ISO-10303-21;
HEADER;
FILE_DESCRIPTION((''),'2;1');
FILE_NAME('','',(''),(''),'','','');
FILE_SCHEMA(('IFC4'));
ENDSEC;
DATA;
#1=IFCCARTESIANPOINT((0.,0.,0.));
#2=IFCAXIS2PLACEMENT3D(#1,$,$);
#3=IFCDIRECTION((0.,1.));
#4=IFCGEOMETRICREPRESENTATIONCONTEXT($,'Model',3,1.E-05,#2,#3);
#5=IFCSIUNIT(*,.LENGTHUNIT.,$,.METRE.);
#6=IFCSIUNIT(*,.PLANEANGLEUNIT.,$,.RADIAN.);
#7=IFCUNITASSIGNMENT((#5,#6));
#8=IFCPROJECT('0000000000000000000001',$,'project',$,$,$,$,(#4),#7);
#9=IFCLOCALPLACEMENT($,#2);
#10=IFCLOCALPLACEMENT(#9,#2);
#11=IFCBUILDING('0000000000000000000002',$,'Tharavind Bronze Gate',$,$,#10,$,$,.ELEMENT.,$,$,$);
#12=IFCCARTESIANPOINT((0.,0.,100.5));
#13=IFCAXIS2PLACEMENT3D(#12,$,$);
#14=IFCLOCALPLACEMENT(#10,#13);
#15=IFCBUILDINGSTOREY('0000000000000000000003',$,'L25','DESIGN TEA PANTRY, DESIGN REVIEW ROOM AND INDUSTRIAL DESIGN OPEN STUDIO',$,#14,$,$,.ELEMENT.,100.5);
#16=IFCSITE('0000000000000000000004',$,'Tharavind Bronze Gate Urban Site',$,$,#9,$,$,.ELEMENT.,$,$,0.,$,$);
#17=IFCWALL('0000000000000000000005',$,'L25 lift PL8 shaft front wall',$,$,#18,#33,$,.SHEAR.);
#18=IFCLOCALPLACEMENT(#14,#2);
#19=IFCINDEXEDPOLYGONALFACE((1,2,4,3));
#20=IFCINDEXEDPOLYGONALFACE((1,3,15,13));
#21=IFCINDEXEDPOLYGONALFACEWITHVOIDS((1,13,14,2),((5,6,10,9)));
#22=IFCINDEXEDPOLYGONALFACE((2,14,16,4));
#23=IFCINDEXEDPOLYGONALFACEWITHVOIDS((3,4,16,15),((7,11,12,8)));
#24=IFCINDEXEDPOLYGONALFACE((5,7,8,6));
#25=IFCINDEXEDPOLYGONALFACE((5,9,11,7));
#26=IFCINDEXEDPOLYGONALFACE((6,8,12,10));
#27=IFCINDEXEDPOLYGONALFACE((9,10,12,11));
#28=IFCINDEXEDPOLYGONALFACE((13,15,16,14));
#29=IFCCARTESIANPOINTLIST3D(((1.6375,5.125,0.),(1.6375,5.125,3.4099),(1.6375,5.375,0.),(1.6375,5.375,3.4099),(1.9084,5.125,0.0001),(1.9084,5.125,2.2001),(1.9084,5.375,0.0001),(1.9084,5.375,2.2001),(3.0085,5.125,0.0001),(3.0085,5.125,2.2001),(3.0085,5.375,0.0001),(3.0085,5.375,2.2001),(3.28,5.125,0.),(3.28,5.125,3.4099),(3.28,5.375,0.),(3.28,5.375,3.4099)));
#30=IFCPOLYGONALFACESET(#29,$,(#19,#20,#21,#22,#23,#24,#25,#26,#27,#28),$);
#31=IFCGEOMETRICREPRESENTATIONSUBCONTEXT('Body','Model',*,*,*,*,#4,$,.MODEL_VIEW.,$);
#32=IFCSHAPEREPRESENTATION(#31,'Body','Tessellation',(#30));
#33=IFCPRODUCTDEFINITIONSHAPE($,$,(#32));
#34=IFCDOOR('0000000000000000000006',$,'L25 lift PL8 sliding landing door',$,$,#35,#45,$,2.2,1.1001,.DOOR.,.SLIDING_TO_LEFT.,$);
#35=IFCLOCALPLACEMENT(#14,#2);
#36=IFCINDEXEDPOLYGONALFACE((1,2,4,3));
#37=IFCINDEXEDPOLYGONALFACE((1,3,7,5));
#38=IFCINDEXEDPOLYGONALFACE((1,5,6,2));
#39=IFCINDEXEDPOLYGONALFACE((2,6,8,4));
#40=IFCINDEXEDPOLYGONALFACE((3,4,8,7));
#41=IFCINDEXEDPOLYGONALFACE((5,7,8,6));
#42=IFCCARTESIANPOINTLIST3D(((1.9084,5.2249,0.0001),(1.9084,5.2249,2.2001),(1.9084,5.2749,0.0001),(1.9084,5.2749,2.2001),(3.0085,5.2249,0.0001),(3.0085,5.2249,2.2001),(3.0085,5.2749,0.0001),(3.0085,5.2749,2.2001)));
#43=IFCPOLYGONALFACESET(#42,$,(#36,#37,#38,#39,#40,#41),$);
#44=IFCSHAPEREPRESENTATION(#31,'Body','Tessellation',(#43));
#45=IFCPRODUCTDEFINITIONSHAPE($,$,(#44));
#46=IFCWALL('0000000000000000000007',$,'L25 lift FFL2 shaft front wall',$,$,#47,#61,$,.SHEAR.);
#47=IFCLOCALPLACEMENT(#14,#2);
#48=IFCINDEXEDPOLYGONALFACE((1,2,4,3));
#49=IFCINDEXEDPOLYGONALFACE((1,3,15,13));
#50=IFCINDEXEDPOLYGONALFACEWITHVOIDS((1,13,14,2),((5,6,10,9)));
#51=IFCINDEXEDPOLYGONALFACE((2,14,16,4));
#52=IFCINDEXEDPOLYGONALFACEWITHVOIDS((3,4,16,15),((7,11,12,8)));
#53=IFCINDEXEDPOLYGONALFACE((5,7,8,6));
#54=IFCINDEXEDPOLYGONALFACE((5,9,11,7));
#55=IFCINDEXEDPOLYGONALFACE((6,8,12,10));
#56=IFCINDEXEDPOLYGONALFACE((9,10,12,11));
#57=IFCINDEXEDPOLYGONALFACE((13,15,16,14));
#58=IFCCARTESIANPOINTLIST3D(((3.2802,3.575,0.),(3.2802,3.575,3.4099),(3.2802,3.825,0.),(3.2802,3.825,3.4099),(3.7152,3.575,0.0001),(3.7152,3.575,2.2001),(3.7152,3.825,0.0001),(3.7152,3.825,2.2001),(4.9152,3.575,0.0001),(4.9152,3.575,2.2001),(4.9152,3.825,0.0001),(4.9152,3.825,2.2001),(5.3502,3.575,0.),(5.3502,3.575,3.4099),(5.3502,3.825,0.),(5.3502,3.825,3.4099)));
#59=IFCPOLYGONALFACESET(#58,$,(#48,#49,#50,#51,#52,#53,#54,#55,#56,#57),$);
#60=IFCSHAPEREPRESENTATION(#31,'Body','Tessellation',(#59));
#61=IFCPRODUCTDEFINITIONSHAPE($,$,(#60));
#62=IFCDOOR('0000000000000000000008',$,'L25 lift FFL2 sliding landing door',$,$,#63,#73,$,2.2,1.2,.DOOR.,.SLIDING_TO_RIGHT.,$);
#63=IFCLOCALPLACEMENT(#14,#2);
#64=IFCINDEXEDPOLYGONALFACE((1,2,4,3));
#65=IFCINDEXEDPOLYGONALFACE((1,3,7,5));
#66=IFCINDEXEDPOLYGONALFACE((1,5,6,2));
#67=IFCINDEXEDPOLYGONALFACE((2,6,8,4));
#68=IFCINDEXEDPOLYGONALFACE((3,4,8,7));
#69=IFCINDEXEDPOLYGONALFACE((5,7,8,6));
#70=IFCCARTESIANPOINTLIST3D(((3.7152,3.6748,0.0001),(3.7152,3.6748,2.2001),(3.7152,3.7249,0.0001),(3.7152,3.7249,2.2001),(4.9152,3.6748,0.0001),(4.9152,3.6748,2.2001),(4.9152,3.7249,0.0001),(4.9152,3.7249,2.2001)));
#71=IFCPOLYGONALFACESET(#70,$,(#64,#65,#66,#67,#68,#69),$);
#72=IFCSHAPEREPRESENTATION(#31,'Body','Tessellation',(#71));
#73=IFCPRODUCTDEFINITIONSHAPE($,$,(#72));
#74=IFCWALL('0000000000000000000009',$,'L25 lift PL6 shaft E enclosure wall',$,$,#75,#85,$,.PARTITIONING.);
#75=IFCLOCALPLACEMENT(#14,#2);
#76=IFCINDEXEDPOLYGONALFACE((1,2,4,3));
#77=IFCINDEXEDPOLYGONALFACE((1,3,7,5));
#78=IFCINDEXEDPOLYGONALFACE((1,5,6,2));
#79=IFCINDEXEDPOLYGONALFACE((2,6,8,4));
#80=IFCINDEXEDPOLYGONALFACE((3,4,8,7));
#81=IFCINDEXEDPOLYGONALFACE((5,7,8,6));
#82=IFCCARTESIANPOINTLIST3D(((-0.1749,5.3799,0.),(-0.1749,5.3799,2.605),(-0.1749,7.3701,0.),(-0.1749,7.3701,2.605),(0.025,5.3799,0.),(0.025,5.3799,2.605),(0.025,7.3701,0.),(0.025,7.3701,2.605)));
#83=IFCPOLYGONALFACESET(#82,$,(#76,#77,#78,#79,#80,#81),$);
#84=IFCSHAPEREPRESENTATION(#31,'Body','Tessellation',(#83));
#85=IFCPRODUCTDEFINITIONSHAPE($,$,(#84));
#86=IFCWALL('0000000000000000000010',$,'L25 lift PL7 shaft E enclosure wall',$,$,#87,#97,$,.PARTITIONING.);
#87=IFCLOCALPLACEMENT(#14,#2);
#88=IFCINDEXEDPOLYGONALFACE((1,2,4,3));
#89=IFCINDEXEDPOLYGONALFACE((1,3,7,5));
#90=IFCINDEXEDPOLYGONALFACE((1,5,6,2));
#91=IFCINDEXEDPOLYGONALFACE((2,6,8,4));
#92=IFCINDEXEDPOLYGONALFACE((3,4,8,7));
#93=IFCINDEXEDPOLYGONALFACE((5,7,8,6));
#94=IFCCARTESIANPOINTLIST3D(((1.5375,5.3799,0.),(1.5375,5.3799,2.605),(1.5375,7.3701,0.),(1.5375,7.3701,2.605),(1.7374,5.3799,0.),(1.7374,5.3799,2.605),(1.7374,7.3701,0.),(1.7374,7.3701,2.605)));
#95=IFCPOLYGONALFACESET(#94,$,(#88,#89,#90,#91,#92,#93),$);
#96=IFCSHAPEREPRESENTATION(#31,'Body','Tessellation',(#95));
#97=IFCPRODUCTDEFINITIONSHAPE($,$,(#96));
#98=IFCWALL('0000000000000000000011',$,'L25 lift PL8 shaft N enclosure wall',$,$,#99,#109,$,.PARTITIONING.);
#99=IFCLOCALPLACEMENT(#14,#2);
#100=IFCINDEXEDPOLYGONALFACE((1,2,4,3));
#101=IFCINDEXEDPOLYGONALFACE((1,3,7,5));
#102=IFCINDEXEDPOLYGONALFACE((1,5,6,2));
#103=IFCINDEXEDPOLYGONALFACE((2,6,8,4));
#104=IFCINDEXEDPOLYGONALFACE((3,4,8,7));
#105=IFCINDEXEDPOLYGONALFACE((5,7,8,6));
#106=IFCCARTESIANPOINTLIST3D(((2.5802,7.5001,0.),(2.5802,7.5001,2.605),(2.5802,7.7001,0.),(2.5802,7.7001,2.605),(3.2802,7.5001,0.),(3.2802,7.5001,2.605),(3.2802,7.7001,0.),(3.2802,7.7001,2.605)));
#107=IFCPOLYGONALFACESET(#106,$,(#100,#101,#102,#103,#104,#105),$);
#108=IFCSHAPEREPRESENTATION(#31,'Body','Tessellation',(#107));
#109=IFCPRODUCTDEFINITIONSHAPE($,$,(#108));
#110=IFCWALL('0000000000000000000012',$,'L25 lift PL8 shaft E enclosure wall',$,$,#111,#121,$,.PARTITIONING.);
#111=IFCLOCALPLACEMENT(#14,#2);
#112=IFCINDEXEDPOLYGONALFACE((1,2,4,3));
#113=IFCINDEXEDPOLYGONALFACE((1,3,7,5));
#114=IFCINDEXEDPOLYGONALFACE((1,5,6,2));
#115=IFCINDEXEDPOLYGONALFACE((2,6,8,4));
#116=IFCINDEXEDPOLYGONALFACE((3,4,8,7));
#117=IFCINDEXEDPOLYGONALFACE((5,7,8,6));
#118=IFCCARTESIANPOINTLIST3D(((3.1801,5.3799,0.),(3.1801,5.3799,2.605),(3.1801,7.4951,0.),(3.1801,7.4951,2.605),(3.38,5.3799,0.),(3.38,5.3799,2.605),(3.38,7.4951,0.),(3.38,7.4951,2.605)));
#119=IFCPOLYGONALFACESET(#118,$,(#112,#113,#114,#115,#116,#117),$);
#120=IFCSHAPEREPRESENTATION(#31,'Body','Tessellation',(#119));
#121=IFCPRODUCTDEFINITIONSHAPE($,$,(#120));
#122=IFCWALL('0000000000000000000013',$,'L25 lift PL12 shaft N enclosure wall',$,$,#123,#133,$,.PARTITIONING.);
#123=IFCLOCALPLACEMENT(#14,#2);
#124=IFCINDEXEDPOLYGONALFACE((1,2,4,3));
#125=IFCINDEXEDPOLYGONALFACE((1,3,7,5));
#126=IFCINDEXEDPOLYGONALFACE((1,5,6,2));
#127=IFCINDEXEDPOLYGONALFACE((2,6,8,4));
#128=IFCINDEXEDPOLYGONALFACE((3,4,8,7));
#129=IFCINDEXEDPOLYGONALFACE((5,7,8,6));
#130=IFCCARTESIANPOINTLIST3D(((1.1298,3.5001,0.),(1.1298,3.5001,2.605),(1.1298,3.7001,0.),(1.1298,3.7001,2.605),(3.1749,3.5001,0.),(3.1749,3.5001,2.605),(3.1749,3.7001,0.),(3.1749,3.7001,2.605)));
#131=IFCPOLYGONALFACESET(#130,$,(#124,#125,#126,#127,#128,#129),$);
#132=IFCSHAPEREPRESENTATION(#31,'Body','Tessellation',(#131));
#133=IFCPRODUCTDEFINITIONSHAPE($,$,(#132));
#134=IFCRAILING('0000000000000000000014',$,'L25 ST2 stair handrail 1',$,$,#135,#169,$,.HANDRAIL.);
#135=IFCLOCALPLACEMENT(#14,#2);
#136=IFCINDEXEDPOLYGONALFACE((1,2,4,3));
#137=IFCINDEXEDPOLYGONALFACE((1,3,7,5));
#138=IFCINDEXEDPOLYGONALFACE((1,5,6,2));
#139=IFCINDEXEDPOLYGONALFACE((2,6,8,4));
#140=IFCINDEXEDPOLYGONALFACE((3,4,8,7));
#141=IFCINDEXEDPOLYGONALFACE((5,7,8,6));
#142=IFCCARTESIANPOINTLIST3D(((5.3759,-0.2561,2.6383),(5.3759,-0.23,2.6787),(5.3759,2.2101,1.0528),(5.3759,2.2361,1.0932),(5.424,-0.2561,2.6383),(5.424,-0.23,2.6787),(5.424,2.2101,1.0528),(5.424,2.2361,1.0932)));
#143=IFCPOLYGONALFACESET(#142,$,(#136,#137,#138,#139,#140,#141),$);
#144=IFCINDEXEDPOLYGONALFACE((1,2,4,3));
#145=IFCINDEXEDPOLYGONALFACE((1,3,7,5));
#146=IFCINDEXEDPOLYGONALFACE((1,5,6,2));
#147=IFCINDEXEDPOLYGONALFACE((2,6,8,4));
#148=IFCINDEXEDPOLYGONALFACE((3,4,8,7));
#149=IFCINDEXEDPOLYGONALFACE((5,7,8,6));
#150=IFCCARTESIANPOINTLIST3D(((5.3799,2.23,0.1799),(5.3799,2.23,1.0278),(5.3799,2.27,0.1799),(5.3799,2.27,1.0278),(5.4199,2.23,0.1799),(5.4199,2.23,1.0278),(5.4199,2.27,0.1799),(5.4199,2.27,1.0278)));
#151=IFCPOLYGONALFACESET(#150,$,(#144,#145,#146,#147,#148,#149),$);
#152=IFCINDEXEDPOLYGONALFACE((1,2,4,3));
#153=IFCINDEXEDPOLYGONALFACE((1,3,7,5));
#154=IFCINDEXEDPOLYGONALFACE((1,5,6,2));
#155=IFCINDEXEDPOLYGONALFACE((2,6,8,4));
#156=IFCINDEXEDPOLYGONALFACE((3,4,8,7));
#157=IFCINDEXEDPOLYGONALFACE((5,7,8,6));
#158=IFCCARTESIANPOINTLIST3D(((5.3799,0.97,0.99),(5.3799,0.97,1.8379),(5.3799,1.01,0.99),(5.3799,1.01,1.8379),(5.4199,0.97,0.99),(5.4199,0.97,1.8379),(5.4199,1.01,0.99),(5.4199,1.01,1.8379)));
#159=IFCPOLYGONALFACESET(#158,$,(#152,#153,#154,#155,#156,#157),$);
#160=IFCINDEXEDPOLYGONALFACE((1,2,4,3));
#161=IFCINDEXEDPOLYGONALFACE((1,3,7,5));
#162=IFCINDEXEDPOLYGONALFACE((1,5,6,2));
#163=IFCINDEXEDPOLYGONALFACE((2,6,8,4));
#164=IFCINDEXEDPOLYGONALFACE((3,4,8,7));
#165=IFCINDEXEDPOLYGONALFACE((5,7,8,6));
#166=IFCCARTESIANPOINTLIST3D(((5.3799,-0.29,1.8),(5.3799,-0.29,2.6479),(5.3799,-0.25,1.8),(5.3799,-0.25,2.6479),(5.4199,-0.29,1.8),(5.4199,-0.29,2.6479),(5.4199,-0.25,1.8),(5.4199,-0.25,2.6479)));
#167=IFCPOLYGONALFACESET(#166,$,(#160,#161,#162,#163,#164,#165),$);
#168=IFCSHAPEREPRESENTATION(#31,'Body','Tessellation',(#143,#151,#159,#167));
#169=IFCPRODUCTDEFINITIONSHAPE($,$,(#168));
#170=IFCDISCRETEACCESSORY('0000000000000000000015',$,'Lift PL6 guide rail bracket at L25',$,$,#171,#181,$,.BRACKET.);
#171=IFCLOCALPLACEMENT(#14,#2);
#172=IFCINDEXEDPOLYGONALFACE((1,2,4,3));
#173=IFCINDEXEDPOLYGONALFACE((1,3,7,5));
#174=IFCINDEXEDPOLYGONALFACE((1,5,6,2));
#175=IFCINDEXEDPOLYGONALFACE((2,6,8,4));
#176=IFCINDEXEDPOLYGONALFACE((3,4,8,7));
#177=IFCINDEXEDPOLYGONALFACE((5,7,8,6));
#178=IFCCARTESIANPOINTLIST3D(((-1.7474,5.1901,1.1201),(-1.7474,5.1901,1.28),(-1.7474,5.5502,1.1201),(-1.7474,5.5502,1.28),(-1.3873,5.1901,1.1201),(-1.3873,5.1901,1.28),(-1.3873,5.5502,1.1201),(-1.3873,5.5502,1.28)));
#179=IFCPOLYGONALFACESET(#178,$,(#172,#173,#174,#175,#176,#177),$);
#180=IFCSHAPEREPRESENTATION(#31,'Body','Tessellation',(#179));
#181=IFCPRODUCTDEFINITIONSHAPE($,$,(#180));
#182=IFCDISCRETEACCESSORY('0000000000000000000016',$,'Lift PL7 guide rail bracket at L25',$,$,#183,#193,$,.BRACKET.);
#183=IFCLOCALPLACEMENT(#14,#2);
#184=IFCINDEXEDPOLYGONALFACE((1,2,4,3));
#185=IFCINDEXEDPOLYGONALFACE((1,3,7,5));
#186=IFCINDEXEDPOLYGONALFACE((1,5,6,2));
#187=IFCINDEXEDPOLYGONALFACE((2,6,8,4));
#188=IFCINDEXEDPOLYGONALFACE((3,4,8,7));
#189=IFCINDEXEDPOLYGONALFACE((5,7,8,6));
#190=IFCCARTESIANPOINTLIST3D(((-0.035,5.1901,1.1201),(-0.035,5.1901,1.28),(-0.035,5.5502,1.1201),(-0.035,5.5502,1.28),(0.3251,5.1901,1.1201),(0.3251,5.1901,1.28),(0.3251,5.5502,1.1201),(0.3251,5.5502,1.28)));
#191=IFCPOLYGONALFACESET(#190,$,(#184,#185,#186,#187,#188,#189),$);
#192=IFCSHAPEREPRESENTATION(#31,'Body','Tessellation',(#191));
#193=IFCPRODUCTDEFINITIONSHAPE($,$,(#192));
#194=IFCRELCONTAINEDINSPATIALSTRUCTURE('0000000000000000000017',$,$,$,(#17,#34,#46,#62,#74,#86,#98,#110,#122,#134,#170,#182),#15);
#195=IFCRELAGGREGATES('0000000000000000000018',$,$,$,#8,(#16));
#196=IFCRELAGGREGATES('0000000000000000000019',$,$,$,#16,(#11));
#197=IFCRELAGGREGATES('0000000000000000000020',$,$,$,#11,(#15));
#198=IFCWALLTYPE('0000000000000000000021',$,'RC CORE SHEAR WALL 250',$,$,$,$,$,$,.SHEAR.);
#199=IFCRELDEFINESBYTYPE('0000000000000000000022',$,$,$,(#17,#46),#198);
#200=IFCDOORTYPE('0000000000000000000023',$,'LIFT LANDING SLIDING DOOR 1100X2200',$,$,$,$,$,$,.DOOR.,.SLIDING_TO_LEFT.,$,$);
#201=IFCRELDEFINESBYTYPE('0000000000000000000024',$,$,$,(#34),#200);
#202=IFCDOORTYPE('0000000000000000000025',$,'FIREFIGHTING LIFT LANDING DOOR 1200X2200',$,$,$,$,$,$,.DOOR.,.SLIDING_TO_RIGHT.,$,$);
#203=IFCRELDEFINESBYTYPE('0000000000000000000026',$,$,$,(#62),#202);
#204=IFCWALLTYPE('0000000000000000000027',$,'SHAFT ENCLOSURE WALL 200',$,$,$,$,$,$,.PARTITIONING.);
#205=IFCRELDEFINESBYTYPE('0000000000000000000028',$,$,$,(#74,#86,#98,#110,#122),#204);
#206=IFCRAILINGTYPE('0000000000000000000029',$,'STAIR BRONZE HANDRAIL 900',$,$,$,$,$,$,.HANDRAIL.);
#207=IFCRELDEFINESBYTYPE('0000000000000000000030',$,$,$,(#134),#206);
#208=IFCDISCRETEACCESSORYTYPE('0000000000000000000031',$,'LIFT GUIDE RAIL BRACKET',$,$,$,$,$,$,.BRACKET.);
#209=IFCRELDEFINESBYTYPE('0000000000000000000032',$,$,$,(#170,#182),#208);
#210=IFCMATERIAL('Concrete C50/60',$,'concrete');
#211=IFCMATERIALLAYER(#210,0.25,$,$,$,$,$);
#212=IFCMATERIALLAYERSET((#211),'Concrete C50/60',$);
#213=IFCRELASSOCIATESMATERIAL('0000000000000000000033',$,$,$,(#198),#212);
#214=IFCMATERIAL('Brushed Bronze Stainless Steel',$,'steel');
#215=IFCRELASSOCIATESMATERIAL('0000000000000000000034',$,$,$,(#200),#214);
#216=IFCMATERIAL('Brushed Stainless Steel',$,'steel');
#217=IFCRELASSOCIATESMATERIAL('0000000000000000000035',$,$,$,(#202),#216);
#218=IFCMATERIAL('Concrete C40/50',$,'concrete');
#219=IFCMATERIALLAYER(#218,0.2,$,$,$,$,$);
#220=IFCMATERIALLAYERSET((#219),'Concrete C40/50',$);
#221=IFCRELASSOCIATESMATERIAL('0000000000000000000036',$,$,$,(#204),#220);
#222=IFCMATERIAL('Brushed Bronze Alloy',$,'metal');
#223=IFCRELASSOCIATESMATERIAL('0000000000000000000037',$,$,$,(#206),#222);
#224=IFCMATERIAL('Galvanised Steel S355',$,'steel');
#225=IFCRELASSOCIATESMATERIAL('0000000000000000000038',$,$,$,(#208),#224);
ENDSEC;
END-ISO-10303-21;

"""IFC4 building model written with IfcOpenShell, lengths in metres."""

from ifc_helpers import new_model, si_unit, direction, frame, frame_2d, origin, origin_2d, place, context, subcontext, project, spatial, rectangle, extrude, material, layer, layer_set, type_object, element, fill, save


model = new_model("IFC4")

# Units and contexts
model_context = context("Model", 3, precision=1e-05, world=origin(), true_north=direction((0.0, 1.0)))
body_context = subcontext(model_context, "Body", "Model", "MODEL_VIEW")
ifc_project = project(units=[si_unit("LENGTHUNIT", "METRE"), si_unit("PLANEANGLEUNIT", "RADIAN")], contexts=[model_context])

# Site, building, storey
site_placement = place(None, origin())
site = spatial("IfcSite", under=ifc_project, at=site_placement, Name="Tharavind Bronze Gate Urban Site", CompositionType="ELEMENT", RefElevation=0.0)
building_placement = place(site_placement, origin())
building = spatial("IfcBuilding", under=site, at=building_placement, Name="Tharavind Bronze Gate", CompositionType="ELEMENT")
storey_placement = place(building_placement, frame((0.0, 0.0, 100.5)))
storey = spatial("IfcBuildingStorey", under=building, at=storey_placement, Name="L25", Description="DESIGN TEA PANTRY, DESIGN REVIEW ROOM AND INDUSTRIAL DESIGN OPEN STUDIO", CompositionType="ELEMENT", Elevation=100.5)

# Walls, openings, doors
ifc_material_1 = material(Name="Concrete C50/60", Category="concrete")
ifc_layer_1 = layer(ifc_material_1, 0.25)
ifc_layer_set_1 = layer_set([ifc_layer_1], Name="Concrete C50/60")
wall_type_1 = type_object("IfcWallType", Name="RC CORE SHEAR WALL 250", PredefinedType="SHEAR", material=ifc_layer_set_1)
ifc_material_2 = material(Name="Brushed Bronze Stainless Steel", Category="steel")
door_type_1 = type_object("IfcDoorType", Name="LIFT LANDING SLIDING DOOR 1100X2200", OperationType="SLIDING_TO_LEFT", PredefinedType="DOOR", material=ifc_material_2)
wall_1_placement = place(storey_placement, frame((1.6375, 5.25, 0.0), z_axis=(0.0, 0.0, 1.0), x_axis=(1.0, 0.0, 0.0)))
wall_1 = element("IfcWall", 1, at=wall_1_placement, inside=storey, type_object=wall_type_1, Name="L25 lift PL8 shaft front wall", PredefinedType="SHEAR", context=body_context, shape_type="SweptSolid", body=[
    extrude(rectangle(XDim=1.6426, YDim=0.25, at=frame_2d((0.8213, 0.0))), origin(), (0.0, 0.0, 1.0), 3.4099),
])
opening_1_placement = place(wall_1_placement, frame((0.271, 0.0, 0.0)))
opening_1 = element("IfcOpeningElement", 2, at=opening_1_placement, cuts=wall_1, PredefinedType="OPENING", context=body_context, shape_type="SweptSolid", body=[
    extrude(rectangle(XDim=1.1001, YDim=2.2, at=frame_2d((0.55, 1.1001))), frame((0.0, 0.135, 0.0), z_axis=(0.0, -1.0, 0.0), x_axis=(1.0, 0.0, 0.0)), (0.0, 0.0, 1.0), 0.27),
])
door_1_placement = place(opening_1_placement, origin())
door_1 = element("IfcDoor", 3, at=door_1_placement, inside=storey, type_object=door_type_1, Name="L25 lift PL8 sliding landing door", OperationType="SLIDING_TO_LEFT", OverallHeight=2.2, OverallWidth=1.1001, PredefinedType="DOOR", context=body_context, shape_type="SweptSolid", body=[
    extrude(rectangle(XDim=1.1001, YDim=2.2, at=frame_2d((0.55, 1.1001))), frame((0.0, 0.0249, 0.0), z_axis=(0.0, -1.0, 0.0), x_axis=(1.0, 0.0, 0.0)), (0.0, 0.0, 1.0), 0.05),
])
fill(opening_1, door_1)
wall_2_placement = place(storey_placement, frame((3.28, 3.7, 0.0), z_axis=(0.0, 0.0, 1.0), x_axis=(1.0, 0.0, 0.0)))
wall_2 = element("IfcWall", 4, at=wall_2_placement, inside=storey, type_object=wall_type_1, Name="L25 lift FFL2 shaft front wall", PredefinedType="SHEAR", context=body_context, shape_type="SweptSolid", body=[
    extrude(rectangle(XDim=2.0701, YDim=0.25, at=frame_2d((1.0352, 0.0))), origin(), (0.0, 0.0, 1.0), 3.4099),
])
opening_2_placement = place(wall_2_placement, frame((0.4351, 0.0, 0.0)))
opening_2 = element("IfcOpeningElement", 5, at=opening_2_placement, cuts=wall_2, PredefinedType="OPENING", context=body_context, shape_type="SweptSolid", body=[
    extrude(rectangle(XDim=1.2, YDim=2.2, at=frame_2d((0.6001, 1.1001))), frame((0.0, 0.135, 0.0), z_axis=(0.0, -1.0, 0.0), x_axis=(1.0, 0.0, 0.0)), (0.0, 0.0, 1.0), 0.27),
])
ifc_material_3 = material(Name="Brushed Stainless Steel", Category="steel")
door_type_2 = type_object("IfcDoorType", Name="FIREFIGHTING LIFT LANDING DOOR 1200X2200", OperationType="SLIDING_TO_RIGHT", PredefinedType="DOOR", material=ifc_material_3)
door_2_placement = place(opening_2_placement, origin())
door_2 = element("IfcDoor", 6, at=door_2_placement, inside=storey, type_object=door_type_2, Name="L25 lift FFL2 sliding landing door", OperationType="SLIDING_TO_RIGHT", OverallHeight=2.2, OverallWidth=1.2, PredefinedType="DOOR", context=body_context, shape_type="SweptSolid", body=[
    extrude(rectangle(XDim=1.2, YDim=2.2, at=frame_2d((0.6001, 1.1001))), frame((0.0, 0.0249, 0.0), z_axis=(0.0, -1.0, 0.0), x_axis=(1.0, 0.0, 0.0)), (0.0, 0.0, 1.0), 0.05),
])
fill(opening_2, door_2)

# Walls
ifc_material_4 = material(Name="Concrete C40/50", Category="concrete")
ifc_layer_2 = layer(ifc_material_4, 0.2)
ifc_layer_set_2 = layer_set([ifc_layer_2], Name="Concrete C40/50")
wall_type_2 = type_object("IfcWallType", Name="SHAFT ENCLOSURE WALL 200", PredefinedType="PARTITIONING", material=ifc_layer_set_2)
for number, where, z_axis, x_axis, name in (
    (7, (-0.075, 5.3799, 0.0), (0.0, 0.0, 1.0), (0.0, 1.0, 0.0), "L25 lift PL6 shaft E enclosure wall"),
    (8, (1.6375, 5.3799, 0.0), (0.0, 0.0, 1.0), (0.0, 1.0, 0.0), "L25 lift PL7 shaft E enclosure wall"),
):
    element("IfcWall", number, at=place(storey_placement, frame(where, z_axis=z_axis, x_axis=x_axis)), inside=storey, type_object=wall_type_2, Name=name, PredefinedType="PARTITIONING", context=body_context, shape_type="SweptSolid", body=[
        extrude(rectangle(XDim=1.9902, YDim=0.2, at=frame_2d((0.9951, 0.0))), origin(), (0.0, 0.0, 1.0), 2.605),
    ])
wall_3_placement = place(storey_placement, frame((2.5801, 7.6001, 0.0), z_axis=(0.0, 0.0, 1.0), x_axis=(1.0, 0.0, 0.0)))
element("IfcWall", 9, at=wall_3_placement, inside=storey, type_object=wall_type_2, Name="L25 lift PL8 shaft N enclosure wall", PredefinedType="PARTITIONING", context=body_context, shape_type="SweptSolid", body=[
    extrude(rectangle(XDim=0.7, YDim=0.2, at=frame_2d((0.3501, 0.0))), origin(), (0.0, 0.0, 1.0), 2.605),
])
wall_4_placement = place(storey_placement, frame((3.28, 5.3799, 0.0), z_axis=(0.0, 0.0, 1.0), x_axis=(0.0, 1.0, 0.0)))
element("IfcWall", 10, at=wall_4_placement, inside=storey, type_object=wall_type_2, Name="L25 lift PL8 shaft E enclosure wall", PredefinedType="PARTITIONING", context=body_context, shape_type="SweptSolid", body=[
    extrude(rectangle(XDim=2.1152, YDim=0.2, at=frame_2d((1.0576, 0.0))), origin(), (0.0, 0.0, 1.0), 2.605),
])
wall_5_placement = place(storey_placement, frame((1.1299, 3.6001, 0.0), z_axis=(0.0, 0.0, 1.0), x_axis=(1.0, 0.0, 0.0)))
element("IfcWall", 11, at=wall_5_placement, inside=storey, type_object=wall_type_2, Name="L25 lift PL12 shaft N enclosure wall", PredefinedType="PARTITIONING", context=body_context, shape_type="SweptSolid", body=[
    extrude(rectangle(XDim=2.0452, YDim=0.2, at=frame_2d((1.0225, 0.0))), origin(), (0.0, 0.0, 1.0), 2.605),
])

# Railing
ifc_material_5 = material(Name="Brushed Bronze Alloy", Category="metal")
railing_type = type_object("IfcRailingType", Name="STAIR BRONZE HANDRAIL 900", PredefinedType="HANDRAIL", material=ifc_material_5)
railing_placement = place(storey_placement, frame((5.3999, 2.25, 0.1799)))
element("IfcRailing", 12, at=railing_placement, inside=storey, type_object=railing_type, Name="L25 ST2 stair handrail 1", PredefinedType="HANDRAIL", context=body_context, shape_type="SweptSolid", body=[
    extrude(rectangle(XDim=0.0481, YDim=0.0481, at=origin_2d()), frame((0.0, -0.0269, 0.8931), z_axis=(0.0, -0.841163, 0.540782), x_axis=(1.0, 0.0, 0.0)), (0.0, 0.0, 1.0), 2.9319),
    extrude(rectangle(XDim=0.04, YDim=0.04, at=origin_2d()), origin(), (0.0, 0.0, 1.0), 0.8479),
    extrude(rectangle(XDim=0.04, YDim=0.04, at=origin_2d()), frame((0.0, -1.26, 0.8101)), (0.0, 0.0, 1.0), 0.8479),
    extrude(rectangle(XDim=0.04, YDim=0.04, at=origin_2d()), frame((0.0, -2.52, 1.6201)), (0.0, 0.0, 1.0), 0.8479),
])

# Discrete accessories
ifc_material_6 = material(Name="Galvanised Steel S355", Category="steel")
discrete_accessory_type_1 = type_object("IfcDiscreteAccessoryType", Name="LIFT GUIDE RAIL BRACKET", PredefinedType="BRACKET", material=ifc_material_6)
for number, where, z_axis, x_axis, name in (
    (13, (-1.5674, 5.3701, 1.1201), (0.0, 0.0, 1.0), (1.0, 0.0, 0.0), "Lift PL6 guide rail bracket at L25"),
    (14, (0.145, 5.3701, 1.1201), (0.0, 0.0, 1.0), (1.0, 0.0, 0.0), "Lift PL7 guide rail bracket at L25"),
):
    element("IfcDiscreteAccessory", number, at=place(storey_placement, frame(where, z_axis=z_axis, x_axis=x_axis)), inside=storey, type_object=discrete_accessory_type_1, Name=name, PredefinedType="BRACKET", context=body_context, shape_type="SweptSolid", body=[
        extrude(rectangle(XDim=0.3601, YDim=0.3601, at=origin_2d()), origin(), (0.0, 0.0, 1.0), 0.1599),
    ])

save(model, "model.ifc")
